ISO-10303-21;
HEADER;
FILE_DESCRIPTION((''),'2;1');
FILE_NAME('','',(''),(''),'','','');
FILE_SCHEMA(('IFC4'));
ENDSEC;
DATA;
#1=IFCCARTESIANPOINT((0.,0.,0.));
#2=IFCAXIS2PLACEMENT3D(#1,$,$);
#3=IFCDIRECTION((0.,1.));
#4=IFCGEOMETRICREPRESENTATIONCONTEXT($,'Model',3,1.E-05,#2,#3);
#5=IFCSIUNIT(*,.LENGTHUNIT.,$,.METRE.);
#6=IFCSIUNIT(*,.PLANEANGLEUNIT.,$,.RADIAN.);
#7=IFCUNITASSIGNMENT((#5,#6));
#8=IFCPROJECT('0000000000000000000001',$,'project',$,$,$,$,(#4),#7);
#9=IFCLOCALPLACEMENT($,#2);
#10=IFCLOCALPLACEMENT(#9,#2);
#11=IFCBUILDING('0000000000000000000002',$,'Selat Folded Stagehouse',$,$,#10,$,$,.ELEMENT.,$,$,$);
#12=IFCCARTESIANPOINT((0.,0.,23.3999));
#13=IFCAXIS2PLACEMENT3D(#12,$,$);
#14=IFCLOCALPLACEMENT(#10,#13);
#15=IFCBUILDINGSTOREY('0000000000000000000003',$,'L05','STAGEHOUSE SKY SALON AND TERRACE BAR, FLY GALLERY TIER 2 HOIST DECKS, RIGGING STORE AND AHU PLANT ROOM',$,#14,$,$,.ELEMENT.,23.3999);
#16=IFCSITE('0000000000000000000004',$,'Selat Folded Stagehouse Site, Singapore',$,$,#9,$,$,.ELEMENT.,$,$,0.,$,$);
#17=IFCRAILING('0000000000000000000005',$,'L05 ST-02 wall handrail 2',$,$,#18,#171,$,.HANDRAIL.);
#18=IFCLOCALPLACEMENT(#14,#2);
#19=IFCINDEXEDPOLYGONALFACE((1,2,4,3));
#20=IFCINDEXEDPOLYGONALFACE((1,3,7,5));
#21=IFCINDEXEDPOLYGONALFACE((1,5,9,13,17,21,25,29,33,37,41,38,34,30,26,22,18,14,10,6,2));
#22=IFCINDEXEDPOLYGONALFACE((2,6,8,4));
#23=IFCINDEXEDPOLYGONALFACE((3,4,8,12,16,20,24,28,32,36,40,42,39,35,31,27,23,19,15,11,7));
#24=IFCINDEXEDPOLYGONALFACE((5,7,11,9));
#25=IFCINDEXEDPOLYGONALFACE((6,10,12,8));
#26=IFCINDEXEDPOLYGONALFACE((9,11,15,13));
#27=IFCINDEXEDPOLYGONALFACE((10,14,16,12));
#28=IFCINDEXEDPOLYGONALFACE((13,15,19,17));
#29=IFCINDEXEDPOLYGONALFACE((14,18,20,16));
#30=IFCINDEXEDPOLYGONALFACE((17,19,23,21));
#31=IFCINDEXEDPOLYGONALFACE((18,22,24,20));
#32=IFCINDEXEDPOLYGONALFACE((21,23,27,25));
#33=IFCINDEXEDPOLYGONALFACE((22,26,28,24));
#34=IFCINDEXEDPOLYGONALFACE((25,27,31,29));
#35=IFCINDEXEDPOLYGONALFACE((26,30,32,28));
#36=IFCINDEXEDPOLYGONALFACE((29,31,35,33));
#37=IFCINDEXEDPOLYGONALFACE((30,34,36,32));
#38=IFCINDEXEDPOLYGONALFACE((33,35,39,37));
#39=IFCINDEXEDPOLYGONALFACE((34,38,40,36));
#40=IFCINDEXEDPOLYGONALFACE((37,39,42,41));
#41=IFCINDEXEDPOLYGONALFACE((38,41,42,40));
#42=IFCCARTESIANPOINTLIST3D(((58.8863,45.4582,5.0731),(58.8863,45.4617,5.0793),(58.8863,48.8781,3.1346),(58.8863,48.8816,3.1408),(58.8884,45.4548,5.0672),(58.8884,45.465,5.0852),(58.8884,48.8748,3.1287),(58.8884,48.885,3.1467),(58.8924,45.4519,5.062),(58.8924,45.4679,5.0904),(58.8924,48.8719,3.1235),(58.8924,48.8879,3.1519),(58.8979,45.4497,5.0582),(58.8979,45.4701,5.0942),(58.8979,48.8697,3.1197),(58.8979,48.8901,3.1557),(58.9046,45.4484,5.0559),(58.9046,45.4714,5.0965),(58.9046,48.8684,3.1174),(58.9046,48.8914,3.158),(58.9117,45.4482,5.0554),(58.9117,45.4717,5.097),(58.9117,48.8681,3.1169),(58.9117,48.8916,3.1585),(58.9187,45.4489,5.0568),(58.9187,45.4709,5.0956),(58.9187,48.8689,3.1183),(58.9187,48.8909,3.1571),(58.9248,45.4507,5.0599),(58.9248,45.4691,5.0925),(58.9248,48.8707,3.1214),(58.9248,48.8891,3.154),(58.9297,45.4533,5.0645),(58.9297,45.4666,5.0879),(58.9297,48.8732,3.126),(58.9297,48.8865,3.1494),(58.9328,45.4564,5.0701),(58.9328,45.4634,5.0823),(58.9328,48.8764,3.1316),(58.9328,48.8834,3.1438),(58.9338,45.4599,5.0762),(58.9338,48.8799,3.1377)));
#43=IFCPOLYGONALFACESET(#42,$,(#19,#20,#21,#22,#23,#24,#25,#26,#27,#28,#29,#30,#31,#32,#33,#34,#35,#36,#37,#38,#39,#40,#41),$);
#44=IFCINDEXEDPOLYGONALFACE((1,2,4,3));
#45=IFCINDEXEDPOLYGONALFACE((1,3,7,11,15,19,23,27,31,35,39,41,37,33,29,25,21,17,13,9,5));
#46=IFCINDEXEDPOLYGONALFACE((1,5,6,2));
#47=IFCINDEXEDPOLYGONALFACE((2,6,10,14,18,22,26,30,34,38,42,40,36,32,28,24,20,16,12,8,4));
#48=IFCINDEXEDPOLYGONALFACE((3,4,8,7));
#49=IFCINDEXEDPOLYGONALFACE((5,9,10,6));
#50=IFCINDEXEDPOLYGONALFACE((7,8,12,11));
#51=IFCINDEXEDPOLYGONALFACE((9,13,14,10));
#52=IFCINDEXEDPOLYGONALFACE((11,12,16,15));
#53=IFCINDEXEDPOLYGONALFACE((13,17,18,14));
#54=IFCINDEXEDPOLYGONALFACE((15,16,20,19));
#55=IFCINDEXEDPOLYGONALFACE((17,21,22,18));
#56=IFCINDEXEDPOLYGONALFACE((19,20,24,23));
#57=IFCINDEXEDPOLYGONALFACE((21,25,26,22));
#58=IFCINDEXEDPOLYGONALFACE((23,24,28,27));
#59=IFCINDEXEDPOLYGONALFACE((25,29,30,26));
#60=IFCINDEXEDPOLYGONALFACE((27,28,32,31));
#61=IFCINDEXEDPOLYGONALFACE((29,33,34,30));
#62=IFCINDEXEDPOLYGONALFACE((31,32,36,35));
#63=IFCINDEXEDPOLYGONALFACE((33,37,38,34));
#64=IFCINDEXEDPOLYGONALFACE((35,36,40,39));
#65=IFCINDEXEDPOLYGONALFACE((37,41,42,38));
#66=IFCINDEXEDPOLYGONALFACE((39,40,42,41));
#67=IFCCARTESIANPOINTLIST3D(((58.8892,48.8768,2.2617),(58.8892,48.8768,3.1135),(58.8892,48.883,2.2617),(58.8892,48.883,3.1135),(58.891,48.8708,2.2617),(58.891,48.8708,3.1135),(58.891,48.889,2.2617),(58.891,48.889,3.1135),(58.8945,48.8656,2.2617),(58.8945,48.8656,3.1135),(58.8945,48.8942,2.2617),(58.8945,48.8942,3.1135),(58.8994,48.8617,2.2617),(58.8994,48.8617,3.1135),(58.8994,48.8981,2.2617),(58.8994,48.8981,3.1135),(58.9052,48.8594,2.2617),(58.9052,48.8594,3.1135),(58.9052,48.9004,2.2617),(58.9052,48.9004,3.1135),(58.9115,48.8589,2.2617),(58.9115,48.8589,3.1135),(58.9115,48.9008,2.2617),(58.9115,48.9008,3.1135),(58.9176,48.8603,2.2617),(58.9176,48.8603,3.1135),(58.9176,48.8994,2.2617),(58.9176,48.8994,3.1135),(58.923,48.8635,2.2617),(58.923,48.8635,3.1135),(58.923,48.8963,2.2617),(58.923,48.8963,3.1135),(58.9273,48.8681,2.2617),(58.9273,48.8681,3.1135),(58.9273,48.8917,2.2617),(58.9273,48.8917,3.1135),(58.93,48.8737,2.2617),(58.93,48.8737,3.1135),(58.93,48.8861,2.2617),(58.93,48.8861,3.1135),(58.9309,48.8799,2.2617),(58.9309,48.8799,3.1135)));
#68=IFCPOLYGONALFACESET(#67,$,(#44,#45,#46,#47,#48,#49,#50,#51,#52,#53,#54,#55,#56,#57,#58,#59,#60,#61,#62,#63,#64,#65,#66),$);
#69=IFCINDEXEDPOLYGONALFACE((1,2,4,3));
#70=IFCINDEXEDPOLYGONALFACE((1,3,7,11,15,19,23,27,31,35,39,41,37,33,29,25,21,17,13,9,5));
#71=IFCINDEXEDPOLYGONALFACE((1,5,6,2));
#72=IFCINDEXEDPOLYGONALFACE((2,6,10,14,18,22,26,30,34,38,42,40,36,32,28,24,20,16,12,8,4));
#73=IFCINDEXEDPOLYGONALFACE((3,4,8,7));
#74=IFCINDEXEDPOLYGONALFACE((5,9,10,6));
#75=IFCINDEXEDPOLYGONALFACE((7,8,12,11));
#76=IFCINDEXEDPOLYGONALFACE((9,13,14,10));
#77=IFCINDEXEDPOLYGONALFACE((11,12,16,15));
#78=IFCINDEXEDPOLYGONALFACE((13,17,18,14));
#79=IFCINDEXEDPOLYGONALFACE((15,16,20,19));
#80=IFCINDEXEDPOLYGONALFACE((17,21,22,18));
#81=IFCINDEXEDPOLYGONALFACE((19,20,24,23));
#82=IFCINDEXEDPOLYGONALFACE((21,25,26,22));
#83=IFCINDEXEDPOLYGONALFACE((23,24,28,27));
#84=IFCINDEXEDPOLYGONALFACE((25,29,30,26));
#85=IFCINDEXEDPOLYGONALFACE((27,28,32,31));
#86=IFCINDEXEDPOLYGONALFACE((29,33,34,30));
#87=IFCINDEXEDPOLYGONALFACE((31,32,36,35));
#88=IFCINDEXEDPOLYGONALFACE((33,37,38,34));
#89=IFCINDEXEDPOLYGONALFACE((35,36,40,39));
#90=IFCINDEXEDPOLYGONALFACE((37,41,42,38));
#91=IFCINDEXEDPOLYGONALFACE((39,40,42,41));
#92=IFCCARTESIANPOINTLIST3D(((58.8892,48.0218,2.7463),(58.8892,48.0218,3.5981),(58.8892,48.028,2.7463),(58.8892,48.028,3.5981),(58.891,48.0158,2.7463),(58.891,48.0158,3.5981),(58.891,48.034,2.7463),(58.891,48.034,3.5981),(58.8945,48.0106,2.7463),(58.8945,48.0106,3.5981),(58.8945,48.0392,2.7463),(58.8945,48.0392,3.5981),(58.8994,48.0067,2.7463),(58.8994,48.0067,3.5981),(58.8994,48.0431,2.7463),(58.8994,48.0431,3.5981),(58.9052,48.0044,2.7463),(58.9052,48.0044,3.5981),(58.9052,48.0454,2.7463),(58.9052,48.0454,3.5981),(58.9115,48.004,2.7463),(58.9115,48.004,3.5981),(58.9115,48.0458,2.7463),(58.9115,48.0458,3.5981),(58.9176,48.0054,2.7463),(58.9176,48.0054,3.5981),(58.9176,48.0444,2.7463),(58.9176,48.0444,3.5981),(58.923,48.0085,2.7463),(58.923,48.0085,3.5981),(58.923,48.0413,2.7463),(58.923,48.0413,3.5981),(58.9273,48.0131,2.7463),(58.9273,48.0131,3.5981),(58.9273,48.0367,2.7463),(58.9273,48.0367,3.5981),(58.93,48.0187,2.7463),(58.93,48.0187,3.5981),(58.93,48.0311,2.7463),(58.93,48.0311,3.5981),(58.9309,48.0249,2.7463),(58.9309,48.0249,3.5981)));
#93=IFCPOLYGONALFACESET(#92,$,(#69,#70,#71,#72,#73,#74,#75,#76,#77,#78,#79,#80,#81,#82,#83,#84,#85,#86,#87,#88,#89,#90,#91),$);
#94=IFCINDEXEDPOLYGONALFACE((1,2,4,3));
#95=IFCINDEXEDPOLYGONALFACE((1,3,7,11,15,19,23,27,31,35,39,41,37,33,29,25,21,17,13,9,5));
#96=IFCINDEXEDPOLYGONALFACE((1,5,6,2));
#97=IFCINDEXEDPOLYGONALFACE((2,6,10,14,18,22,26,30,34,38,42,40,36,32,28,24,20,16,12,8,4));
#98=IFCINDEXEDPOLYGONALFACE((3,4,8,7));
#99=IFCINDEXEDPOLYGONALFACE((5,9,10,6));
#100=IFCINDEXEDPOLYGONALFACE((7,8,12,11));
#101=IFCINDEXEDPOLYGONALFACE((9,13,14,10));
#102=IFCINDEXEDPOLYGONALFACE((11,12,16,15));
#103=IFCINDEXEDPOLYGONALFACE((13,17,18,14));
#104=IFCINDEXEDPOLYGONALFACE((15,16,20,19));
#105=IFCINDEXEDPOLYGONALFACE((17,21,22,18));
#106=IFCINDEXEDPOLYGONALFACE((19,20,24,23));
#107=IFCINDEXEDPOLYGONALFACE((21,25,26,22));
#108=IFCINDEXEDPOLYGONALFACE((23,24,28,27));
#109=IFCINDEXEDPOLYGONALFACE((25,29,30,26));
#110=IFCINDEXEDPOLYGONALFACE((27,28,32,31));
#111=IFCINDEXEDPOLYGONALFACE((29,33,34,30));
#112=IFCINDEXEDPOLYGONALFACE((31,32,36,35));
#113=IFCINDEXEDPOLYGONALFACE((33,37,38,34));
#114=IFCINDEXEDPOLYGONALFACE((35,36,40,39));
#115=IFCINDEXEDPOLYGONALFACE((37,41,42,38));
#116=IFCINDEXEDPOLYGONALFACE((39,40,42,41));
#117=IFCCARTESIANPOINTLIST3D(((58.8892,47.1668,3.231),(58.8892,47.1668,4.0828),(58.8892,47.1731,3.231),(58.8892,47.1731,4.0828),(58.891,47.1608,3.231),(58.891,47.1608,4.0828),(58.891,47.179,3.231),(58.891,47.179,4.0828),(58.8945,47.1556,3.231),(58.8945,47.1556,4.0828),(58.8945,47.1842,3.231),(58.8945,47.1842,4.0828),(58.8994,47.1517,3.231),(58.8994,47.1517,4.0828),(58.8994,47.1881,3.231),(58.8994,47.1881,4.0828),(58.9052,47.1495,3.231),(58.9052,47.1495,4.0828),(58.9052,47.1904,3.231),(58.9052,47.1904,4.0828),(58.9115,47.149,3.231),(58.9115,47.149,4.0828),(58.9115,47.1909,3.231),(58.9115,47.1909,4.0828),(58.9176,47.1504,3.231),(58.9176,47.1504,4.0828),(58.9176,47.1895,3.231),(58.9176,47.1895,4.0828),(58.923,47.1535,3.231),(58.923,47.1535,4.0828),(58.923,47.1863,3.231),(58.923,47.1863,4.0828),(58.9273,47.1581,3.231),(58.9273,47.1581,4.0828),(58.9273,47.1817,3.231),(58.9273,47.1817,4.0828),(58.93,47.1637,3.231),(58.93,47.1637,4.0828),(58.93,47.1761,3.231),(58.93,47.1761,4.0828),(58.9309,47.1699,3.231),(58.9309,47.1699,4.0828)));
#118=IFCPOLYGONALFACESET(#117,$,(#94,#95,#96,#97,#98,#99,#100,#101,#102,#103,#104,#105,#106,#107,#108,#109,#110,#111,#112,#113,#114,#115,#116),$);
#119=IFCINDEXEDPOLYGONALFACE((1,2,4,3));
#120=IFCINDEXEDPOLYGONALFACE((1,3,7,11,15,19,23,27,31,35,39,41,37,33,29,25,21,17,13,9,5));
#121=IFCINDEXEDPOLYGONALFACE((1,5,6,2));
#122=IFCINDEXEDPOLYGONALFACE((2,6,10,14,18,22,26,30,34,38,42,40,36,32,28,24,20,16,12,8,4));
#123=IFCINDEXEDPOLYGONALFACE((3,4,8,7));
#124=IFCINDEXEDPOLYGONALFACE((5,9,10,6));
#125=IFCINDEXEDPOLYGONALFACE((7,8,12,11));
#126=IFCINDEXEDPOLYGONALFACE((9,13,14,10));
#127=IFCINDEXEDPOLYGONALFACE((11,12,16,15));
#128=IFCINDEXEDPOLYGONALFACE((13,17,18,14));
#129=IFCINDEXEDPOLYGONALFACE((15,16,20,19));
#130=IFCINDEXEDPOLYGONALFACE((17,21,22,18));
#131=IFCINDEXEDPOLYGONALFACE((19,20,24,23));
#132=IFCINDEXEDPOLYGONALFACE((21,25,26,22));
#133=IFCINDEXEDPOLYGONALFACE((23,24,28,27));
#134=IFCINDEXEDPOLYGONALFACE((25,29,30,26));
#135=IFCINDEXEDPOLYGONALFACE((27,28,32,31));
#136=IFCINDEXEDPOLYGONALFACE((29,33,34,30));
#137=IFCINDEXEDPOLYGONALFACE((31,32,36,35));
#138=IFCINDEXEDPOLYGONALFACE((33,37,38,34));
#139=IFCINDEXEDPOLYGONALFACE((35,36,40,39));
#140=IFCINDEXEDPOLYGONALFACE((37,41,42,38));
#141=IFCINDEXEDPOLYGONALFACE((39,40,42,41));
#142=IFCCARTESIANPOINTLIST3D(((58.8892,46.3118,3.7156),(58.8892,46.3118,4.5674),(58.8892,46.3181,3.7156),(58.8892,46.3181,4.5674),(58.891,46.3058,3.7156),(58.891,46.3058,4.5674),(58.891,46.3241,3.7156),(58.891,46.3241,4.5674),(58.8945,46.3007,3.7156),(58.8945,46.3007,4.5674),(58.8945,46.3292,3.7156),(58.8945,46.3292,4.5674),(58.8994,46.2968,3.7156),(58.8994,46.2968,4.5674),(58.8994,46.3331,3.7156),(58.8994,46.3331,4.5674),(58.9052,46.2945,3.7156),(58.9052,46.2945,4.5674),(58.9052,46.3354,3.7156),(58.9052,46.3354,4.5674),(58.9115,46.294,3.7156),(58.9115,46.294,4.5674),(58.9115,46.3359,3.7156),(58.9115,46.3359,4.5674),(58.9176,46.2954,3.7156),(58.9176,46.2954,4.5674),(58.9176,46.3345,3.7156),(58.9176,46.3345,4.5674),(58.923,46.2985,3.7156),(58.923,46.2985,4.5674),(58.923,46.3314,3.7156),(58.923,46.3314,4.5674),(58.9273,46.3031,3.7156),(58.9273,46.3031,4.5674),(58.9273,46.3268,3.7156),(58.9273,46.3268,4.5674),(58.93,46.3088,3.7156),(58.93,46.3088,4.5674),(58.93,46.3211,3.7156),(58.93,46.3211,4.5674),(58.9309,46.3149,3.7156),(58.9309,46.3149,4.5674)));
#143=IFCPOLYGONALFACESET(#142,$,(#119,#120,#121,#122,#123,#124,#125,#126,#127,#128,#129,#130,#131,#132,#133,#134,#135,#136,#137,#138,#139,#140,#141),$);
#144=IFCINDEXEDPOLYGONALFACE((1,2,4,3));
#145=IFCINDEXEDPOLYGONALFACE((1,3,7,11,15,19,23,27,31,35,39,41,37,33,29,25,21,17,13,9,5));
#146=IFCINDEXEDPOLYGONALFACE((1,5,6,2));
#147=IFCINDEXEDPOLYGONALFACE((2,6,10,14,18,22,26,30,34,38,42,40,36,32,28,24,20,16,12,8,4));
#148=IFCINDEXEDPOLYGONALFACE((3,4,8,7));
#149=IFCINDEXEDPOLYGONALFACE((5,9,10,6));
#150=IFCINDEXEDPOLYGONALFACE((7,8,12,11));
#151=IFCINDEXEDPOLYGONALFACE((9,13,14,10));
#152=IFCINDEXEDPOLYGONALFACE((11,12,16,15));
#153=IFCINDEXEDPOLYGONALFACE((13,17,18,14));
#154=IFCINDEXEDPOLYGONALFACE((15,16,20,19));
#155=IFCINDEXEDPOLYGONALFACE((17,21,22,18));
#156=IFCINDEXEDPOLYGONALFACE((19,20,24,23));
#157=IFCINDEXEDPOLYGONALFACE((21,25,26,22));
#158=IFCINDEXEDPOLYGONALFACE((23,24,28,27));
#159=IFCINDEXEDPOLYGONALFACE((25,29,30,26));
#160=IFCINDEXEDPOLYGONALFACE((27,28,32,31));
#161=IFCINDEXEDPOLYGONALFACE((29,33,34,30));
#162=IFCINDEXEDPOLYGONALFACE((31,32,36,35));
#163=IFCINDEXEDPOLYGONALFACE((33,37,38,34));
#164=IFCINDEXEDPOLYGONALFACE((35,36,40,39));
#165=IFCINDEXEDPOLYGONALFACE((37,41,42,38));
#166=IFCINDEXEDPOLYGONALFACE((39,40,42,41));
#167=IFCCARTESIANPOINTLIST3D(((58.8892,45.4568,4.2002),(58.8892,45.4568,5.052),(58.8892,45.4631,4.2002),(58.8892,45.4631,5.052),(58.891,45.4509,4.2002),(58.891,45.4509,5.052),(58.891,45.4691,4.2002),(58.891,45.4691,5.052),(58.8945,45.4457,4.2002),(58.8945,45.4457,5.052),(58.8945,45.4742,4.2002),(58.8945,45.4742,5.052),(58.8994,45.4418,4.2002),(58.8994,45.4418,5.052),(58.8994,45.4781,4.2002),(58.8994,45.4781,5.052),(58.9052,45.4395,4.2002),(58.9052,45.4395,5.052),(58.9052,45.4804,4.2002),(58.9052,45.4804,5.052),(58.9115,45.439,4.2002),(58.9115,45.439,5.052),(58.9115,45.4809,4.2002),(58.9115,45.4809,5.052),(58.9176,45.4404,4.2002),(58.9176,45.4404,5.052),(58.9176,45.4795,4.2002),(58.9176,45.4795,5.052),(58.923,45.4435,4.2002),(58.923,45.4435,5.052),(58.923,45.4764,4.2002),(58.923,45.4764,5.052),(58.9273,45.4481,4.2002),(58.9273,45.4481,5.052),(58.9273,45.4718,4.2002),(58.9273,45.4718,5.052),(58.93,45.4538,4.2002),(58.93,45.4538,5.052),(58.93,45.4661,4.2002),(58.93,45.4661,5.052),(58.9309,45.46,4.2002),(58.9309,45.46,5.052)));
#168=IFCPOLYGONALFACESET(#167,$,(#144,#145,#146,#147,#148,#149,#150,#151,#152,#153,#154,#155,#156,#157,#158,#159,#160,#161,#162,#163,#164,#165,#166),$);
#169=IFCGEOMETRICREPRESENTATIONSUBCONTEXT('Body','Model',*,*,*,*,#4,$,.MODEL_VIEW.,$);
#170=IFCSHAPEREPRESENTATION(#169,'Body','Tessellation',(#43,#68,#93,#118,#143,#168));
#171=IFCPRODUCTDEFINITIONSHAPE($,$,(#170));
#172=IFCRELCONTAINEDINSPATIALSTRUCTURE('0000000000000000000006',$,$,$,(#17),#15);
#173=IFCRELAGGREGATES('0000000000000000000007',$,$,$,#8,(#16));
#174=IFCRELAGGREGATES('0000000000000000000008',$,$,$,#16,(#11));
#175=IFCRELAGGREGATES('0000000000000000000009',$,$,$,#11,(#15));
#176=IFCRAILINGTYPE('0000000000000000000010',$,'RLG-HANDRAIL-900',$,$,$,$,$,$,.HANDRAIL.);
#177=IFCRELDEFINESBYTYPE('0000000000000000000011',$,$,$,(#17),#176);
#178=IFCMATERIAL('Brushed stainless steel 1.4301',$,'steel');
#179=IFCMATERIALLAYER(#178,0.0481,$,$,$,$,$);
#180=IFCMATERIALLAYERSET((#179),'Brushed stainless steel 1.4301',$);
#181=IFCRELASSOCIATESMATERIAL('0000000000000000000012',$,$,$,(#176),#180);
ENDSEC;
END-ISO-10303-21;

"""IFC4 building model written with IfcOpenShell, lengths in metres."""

from ifc_helpers import new_model, si_unit, direction, frame, origin, origin_2d, place, context, subcontext, project, spatial, circle, extrude, material, layer, layer_set, type_object, element, save


model = new_model("IFC4")

# Units and contexts
model_context = context("Model", 3, precision=1e-05, world=origin(), true_north=direction((0.0, 1.0)))
body_context = subcontext(model_context, "Body", "Model", "MODEL_VIEW")
ifc_project = project(units=[si_unit("LENGTHUNIT", "METRE"), si_unit("PLANEANGLEUNIT", "RADIAN")], contexts=[model_context])

# Site, building, storey
site_placement = place(None, origin())
site = spatial("IfcSite", under=ifc_project, at=site_placement, Name="Selat Folded Stagehouse Site, Singapore", CompositionType="ELEMENT", RefElevation=0.0)
building_placement = place(site_placement, origin())
building = spatial("IfcBuilding", under=site, at=building_placement, Name="Selat Folded Stagehouse", CompositionType="ELEMENT")
storey_placement = place(building_placement, frame((0.0, 0.0, 23.3999)))
storey = spatial("IfcBuildingStorey", under=building, at=storey_placement, Name="L05", Description="STAGEHOUSE SKY SALON AND TERRACE BAR, FLY GALLERY TIER 2 HOIST DECKS, RIGGING STORE AND AHU PLANT ROOM", CompositionType="ELEMENT", Elevation=23.3999)

# Railing
ifc_material_1 = material(Name="Brushed stainless steel 1.4301", Category="steel")
ifc_layer_1 = layer(ifc_material_1, 0.0481)
ifc_layer_set_1 = layer_set([ifc_layer_1], Name="Brushed stainless steel 1.4301")
railing_type_1 = type_object("IfcRailingType", Name="RLG-HANDRAIL-900", PredefinedType="HANDRAIL", material=ifc_layer_set_1)
railing_1_placement = place(storey_placement, frame((58.9099, 48.8799, 2.2617)))
element("IfcRailing", 1, at=railing_1_placement, inside=storey, type_object=railing_type_1, Name="L05 ST-02 wall handrail 2", PredefinedType="HANDRAIL", context=body_context, shape_type="SweptSolid", body=[
    extrude(circle(Radius=0.0239, at=origin_2d()), frame((0.0, 0.0, 0.876), z_axis=(0.0, -0.869965, 0.493113), x_axis=(1.0, 0.0, 0.0)), (0.0, 0.0, 1.0), 3.9312),
    extrude(circle(Radius=0.021, at=origin_2d()), origin(), (0.0, 0.0, 1.0), 0.8518),
    extrude(circle(Radius=0.021, at=origin_2d()), frame((0.0, -0.855, 0.4846)), (0.0, 0.0, 1.0), 0.8518),
    extrude(circle(Radius=0.021, at=origin_2d()), frame((0.0, -1.71, 0.9692)), (0.0, 0.0, 1.0), 0.8518),
    extrude(circle(Radius=0.021, at=origin_2d()), frame((0.0, -2.5649, 1.4539)), (0.0, 0.0, 1.0), 0.8518),
    extrude(circle(Radius=0.021, at=origin_2d()), frame((0.0, -3.4199, 1.9385)), (0.0, 0.0, 1.0), 0.8518),
])

save(model, "model.ifc")
